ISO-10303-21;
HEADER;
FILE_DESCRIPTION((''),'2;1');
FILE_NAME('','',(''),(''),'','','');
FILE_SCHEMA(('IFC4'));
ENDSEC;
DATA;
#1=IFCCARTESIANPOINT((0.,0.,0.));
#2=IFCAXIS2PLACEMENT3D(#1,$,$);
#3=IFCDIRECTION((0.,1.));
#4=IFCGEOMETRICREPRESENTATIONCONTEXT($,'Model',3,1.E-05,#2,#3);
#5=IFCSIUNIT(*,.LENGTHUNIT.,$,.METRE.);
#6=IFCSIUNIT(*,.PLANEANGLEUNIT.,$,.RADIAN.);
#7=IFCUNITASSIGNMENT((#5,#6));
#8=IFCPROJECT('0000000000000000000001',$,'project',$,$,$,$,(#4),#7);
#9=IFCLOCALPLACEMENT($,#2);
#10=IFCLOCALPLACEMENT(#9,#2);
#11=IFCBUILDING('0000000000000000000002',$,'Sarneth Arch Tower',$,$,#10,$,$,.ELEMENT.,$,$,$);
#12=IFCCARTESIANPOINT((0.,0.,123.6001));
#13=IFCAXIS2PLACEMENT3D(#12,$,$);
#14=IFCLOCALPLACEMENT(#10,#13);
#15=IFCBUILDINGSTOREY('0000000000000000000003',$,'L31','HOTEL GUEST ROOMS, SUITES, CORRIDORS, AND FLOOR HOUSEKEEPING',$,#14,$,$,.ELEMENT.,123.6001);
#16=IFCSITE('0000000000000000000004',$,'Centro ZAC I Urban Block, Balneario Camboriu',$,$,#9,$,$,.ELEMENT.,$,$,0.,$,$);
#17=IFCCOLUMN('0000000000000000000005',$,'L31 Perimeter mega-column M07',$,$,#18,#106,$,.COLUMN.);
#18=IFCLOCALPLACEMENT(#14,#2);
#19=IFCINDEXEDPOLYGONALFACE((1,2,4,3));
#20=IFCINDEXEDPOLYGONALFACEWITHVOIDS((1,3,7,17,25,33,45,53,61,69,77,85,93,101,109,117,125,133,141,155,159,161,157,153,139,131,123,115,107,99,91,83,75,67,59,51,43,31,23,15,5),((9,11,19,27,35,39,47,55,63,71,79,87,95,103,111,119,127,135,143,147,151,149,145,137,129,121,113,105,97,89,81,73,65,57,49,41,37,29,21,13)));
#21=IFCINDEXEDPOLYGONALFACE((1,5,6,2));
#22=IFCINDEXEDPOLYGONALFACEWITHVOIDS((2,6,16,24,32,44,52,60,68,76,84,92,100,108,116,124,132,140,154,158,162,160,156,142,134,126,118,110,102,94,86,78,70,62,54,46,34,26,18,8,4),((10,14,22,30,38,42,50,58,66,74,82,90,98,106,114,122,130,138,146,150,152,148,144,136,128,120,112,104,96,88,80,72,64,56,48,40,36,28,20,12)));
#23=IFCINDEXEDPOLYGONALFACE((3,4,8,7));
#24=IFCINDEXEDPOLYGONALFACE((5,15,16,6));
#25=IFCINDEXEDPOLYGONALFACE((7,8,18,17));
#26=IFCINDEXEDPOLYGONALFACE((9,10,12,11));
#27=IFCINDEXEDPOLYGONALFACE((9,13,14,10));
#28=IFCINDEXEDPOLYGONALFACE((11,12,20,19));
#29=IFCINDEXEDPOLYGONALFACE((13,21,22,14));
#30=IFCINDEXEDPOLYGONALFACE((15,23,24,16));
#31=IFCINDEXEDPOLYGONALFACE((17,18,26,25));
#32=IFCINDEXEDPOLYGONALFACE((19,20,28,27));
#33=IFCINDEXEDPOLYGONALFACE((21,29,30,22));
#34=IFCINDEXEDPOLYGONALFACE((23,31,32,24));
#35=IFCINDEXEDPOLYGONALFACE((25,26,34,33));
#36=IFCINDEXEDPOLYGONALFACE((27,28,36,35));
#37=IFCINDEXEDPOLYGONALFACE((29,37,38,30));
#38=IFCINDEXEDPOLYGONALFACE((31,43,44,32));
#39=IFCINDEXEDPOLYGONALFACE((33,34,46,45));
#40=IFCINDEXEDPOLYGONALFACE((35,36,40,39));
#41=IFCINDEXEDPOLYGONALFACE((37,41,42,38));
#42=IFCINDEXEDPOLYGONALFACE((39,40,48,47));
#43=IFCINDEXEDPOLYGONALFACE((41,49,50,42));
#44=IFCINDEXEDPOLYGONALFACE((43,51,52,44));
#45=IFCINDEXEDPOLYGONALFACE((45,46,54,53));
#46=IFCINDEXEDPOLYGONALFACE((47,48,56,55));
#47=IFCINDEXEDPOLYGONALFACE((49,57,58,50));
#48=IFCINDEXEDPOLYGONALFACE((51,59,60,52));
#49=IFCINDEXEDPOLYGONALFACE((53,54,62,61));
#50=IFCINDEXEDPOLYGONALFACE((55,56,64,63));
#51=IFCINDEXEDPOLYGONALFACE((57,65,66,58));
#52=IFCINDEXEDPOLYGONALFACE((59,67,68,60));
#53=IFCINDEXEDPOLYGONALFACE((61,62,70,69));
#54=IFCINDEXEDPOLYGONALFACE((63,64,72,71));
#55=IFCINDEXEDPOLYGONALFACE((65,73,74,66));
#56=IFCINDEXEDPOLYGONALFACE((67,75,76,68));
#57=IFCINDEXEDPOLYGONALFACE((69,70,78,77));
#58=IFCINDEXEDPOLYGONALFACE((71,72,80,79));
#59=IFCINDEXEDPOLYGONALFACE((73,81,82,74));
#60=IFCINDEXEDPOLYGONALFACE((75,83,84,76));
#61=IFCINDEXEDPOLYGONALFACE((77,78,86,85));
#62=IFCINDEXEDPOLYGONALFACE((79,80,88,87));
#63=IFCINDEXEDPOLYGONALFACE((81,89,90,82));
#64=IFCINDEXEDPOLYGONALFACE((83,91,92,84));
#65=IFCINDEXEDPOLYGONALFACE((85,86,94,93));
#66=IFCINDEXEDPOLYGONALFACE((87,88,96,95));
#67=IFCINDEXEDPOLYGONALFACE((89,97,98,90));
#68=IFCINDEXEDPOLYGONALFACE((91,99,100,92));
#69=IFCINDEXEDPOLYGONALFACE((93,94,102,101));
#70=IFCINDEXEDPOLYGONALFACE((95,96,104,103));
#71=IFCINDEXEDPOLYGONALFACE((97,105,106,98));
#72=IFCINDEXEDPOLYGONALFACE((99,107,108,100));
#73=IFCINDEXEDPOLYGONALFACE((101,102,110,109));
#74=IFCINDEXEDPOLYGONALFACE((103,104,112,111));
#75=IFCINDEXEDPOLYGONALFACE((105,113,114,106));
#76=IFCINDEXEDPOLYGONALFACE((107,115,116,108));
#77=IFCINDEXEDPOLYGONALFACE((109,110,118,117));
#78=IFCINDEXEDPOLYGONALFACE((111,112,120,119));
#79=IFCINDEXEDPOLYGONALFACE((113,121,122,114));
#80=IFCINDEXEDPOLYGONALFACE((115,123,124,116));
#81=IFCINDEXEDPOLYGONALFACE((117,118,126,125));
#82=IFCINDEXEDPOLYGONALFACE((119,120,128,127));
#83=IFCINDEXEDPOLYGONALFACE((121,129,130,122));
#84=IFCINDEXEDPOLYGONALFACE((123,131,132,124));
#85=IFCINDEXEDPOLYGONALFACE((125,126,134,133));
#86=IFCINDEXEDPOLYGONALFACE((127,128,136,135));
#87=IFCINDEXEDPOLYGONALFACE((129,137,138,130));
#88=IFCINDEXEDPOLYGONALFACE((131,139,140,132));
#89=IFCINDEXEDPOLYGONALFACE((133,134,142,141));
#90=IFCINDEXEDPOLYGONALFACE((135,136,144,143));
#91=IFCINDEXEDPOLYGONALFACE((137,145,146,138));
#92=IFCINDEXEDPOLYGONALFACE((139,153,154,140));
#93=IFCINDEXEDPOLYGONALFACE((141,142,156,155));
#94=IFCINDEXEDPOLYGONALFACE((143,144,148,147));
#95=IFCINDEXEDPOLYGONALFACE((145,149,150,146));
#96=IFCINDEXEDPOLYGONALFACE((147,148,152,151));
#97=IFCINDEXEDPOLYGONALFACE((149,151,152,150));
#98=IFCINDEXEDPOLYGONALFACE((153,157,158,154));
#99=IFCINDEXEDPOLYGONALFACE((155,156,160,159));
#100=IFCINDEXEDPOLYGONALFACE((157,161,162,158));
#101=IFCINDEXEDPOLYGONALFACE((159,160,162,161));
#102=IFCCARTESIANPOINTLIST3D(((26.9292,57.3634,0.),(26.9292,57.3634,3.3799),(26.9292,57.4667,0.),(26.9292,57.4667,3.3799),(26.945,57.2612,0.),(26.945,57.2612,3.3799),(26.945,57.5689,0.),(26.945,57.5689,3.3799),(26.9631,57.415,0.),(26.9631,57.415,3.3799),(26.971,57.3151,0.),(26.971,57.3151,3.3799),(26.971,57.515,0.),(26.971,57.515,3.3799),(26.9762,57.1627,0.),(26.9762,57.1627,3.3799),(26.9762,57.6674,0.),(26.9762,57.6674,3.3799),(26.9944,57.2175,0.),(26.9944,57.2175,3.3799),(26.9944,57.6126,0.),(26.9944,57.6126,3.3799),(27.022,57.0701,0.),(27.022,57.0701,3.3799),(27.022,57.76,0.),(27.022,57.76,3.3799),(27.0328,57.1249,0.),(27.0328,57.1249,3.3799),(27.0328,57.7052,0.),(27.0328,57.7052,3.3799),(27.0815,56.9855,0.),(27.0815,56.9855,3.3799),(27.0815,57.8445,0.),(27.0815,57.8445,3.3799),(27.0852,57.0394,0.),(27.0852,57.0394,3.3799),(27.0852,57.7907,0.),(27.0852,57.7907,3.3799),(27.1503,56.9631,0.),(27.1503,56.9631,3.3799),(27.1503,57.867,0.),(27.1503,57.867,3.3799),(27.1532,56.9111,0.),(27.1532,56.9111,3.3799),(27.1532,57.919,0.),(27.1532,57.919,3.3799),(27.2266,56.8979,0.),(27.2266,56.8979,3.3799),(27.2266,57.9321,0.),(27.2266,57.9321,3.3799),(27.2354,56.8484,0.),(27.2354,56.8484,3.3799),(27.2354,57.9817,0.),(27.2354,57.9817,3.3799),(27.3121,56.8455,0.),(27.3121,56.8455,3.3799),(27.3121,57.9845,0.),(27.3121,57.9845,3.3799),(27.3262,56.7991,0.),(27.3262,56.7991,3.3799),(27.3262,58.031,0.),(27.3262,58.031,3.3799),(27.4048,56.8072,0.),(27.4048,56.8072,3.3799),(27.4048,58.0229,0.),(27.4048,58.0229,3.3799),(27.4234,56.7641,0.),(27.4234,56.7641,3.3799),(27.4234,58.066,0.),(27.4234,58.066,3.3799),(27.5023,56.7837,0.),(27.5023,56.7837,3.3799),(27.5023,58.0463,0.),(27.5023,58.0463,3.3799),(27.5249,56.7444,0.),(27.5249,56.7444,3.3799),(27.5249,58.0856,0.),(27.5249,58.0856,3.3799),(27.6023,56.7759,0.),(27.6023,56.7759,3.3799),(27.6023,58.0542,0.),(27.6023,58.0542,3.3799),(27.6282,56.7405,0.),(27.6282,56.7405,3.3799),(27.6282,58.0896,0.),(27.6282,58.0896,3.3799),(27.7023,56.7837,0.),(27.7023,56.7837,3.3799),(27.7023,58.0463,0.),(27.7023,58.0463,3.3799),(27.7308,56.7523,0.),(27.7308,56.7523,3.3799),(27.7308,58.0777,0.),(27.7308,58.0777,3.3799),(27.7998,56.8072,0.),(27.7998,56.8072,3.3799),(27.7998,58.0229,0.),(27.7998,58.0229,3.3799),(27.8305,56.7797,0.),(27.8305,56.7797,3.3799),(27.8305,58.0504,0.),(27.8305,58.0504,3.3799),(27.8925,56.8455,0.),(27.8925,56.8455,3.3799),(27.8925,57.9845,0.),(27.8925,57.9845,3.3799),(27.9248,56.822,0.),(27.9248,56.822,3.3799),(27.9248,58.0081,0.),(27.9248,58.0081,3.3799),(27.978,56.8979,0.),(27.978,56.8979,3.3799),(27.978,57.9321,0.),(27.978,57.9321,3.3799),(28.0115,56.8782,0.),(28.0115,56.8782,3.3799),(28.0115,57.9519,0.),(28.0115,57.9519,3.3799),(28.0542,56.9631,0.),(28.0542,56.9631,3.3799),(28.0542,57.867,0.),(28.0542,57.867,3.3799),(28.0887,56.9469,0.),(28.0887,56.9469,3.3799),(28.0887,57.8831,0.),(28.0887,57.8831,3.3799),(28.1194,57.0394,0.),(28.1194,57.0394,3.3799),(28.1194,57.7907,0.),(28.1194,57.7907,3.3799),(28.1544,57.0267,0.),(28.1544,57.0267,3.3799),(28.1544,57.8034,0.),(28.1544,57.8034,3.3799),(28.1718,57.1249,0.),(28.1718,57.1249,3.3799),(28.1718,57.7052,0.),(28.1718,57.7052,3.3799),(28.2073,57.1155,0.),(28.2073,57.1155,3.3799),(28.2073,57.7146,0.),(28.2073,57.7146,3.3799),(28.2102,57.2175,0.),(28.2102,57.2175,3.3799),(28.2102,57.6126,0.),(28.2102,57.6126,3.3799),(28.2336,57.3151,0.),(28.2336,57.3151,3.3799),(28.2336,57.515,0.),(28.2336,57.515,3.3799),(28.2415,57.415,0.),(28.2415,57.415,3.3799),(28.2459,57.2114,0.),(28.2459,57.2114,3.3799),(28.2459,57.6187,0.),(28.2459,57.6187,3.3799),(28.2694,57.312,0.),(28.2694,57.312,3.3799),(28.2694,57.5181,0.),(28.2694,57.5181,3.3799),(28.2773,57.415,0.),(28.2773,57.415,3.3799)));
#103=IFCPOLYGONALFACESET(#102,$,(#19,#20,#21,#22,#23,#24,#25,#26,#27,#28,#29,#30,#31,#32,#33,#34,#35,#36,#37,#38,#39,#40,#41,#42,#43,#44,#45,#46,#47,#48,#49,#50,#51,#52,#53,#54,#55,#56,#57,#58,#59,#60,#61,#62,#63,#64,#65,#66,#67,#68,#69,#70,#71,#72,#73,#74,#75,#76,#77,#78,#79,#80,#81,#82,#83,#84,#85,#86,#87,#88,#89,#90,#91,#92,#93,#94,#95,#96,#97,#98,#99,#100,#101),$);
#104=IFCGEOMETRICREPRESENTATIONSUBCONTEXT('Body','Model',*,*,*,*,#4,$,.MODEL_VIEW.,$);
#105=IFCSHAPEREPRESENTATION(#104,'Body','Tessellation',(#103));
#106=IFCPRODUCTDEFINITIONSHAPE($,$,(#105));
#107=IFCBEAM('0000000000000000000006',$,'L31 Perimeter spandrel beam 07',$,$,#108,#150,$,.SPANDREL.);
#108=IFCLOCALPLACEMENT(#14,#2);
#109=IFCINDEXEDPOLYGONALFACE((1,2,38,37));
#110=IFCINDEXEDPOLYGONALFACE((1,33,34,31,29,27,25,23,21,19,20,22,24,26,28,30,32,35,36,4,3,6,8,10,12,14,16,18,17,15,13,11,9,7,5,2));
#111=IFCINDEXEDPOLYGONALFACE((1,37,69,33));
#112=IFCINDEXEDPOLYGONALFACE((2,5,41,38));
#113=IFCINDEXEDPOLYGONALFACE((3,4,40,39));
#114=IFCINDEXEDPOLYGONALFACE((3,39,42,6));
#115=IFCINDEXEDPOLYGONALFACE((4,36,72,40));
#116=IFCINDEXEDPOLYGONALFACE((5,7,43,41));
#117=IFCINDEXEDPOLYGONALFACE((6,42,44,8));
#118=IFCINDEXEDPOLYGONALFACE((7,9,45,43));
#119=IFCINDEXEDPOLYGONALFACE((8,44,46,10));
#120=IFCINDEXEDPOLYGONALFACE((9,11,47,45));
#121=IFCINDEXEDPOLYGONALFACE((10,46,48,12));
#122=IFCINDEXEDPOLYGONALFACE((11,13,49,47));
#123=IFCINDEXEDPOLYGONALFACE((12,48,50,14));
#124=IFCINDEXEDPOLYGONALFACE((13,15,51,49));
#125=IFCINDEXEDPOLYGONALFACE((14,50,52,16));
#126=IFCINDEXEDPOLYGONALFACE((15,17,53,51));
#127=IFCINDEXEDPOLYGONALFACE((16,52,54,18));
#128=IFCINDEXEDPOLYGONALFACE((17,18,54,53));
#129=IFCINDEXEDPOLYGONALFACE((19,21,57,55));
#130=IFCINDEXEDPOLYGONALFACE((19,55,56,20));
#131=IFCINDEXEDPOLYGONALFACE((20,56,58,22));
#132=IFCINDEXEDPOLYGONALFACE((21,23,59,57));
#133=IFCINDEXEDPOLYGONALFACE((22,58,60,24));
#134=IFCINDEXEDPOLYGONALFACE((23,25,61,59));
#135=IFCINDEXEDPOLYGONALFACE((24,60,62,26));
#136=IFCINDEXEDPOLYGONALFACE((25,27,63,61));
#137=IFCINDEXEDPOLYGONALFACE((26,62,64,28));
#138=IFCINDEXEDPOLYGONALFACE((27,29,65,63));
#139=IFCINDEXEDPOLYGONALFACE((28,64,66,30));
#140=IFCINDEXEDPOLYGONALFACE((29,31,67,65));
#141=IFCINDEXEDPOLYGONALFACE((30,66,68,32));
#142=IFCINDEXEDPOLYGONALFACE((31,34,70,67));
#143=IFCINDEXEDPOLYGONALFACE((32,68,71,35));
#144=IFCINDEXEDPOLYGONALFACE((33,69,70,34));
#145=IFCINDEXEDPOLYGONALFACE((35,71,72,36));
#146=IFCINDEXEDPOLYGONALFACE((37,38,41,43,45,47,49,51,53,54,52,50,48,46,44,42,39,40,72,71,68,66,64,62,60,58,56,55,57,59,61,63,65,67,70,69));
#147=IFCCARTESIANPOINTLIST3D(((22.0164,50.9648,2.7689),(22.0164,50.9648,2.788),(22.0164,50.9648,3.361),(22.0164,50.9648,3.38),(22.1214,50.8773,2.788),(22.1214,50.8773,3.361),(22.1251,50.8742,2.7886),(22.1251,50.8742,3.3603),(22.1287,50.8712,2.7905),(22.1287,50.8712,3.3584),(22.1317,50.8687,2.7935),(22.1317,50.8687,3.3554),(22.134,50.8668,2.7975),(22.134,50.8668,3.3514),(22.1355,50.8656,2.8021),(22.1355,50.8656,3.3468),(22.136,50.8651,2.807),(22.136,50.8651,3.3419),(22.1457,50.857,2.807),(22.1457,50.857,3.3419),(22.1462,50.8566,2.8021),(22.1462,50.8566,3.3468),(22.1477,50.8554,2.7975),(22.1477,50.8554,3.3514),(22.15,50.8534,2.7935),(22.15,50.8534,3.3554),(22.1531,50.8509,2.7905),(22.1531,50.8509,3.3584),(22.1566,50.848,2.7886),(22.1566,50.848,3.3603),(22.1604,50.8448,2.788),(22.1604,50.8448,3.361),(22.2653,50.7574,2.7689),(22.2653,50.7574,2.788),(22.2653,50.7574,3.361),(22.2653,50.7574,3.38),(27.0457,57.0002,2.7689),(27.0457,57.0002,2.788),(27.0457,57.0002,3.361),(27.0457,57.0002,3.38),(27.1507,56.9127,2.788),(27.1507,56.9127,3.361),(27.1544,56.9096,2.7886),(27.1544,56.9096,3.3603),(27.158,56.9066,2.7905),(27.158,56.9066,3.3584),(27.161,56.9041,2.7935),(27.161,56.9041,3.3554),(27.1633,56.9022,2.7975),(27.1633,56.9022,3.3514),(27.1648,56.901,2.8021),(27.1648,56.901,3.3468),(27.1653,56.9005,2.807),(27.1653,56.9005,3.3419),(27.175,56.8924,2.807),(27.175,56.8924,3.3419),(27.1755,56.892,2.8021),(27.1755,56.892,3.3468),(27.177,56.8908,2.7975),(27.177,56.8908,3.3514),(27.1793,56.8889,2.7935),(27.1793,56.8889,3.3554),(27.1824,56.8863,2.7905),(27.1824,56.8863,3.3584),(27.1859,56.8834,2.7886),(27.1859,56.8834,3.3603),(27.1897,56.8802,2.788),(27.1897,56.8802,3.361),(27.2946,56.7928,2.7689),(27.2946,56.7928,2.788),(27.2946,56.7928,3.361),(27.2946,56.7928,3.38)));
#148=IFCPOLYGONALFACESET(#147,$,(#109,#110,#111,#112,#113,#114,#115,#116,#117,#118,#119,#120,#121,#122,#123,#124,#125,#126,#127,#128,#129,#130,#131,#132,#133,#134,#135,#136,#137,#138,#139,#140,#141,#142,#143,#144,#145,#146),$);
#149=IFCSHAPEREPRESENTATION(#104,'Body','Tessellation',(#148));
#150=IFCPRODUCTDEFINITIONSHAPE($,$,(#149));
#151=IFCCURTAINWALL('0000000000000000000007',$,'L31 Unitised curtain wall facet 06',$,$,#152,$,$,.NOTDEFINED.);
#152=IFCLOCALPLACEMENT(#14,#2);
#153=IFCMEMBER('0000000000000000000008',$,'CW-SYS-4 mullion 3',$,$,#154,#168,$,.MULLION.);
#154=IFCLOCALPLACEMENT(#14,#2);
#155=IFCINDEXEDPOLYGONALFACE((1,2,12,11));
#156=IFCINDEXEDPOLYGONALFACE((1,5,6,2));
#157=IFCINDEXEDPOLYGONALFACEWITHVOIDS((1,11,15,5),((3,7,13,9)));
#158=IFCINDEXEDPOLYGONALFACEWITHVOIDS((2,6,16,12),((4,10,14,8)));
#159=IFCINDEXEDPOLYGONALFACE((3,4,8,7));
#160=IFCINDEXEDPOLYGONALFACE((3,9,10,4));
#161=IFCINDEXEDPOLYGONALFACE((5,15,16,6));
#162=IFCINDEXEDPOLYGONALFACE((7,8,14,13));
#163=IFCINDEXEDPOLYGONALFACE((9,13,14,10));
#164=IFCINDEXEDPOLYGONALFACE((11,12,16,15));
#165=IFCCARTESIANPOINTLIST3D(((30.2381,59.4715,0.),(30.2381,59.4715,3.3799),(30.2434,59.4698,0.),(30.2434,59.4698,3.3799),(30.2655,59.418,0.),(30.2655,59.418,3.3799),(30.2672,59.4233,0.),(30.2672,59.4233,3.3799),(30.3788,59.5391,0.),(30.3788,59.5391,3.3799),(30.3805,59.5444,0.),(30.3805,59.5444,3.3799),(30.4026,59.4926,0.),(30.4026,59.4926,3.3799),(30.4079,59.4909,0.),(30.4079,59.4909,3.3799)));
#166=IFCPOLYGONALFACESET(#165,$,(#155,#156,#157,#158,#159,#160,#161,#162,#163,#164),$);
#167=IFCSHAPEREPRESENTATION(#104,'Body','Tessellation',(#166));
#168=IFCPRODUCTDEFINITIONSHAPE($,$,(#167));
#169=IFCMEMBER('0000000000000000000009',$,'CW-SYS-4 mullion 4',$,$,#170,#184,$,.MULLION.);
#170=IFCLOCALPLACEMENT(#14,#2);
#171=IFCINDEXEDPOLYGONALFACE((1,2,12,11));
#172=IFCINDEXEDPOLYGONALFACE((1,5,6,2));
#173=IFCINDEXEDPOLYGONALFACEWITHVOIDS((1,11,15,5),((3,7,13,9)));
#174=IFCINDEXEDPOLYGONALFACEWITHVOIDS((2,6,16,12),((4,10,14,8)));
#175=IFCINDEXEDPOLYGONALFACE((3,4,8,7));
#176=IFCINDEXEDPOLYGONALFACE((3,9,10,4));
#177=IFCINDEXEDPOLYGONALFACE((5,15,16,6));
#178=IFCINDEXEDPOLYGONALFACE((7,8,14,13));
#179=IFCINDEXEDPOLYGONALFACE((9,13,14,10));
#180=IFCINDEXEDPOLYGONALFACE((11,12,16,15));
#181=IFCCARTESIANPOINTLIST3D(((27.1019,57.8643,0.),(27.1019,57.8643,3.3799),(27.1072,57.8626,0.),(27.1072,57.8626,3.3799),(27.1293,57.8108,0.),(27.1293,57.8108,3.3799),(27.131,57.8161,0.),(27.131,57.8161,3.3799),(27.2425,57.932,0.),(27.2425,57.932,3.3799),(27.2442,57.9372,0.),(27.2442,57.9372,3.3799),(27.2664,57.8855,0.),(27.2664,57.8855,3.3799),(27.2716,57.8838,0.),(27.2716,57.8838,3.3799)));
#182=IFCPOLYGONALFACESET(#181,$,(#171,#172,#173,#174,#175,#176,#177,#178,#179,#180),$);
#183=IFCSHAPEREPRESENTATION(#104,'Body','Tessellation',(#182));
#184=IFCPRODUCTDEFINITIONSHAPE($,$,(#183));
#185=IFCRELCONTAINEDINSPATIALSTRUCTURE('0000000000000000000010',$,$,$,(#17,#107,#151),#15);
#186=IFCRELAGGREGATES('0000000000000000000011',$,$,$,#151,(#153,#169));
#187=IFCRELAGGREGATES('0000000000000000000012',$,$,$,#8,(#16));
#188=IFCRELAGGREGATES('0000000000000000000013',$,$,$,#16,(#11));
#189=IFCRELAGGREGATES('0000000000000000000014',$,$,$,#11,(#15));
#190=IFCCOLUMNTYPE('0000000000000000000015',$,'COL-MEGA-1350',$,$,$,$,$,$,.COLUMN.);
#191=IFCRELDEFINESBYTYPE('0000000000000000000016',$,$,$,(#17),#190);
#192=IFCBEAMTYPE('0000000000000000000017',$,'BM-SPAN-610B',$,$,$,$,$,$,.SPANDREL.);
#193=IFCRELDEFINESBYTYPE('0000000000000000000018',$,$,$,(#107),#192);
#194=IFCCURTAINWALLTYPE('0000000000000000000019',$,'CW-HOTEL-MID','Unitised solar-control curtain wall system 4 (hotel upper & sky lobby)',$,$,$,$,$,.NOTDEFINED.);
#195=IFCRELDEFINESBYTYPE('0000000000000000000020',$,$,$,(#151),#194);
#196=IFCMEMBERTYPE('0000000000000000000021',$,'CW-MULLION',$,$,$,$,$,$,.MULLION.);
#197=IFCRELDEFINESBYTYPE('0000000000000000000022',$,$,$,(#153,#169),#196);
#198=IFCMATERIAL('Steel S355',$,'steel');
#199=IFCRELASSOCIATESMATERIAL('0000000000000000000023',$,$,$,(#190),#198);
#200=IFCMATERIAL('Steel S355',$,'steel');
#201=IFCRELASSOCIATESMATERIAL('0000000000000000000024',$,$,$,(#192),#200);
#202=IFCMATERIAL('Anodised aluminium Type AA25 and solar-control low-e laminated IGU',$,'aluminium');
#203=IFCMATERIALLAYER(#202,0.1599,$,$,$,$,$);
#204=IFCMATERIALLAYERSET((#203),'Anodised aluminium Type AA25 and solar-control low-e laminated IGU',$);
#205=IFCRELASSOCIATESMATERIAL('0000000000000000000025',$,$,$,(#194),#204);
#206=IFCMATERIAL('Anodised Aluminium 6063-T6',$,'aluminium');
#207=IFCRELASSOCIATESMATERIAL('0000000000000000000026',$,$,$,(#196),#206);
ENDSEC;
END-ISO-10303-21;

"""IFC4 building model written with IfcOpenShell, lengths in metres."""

from ifc_helpers import new_model, si_unit, direction, frame, origin, origin_2d, place, context, subcontext, project, spatial, hollow_rectangle, hollow_circle, i_section, extrude, material, layer, layer_set, material_profile, profile_set, type_object, element, aggregate, save


model = new_model("IFC4")

# Units and contexts
model_context = context("Model", 3, precision=1e-05, world=origin(), true_north=direction((0.0, 1.0)))
body_context = subcontext(model_context, "Body", "Model", "MODEL_VIEW")
ifc_project = project(units=[si_unit("LENGTHUNIT", "METRE"), si_unit("PLANEANGLEUNIT", "RADIAN")], contexts=[model_context])

# Site, building, storey
site_placement = place(None, origin())
site = spatial("IfcSite", under=ifc_project, at=site_placement, Name="Centro ZAC I Urban Block, Balneario Camboriu", CompositionType="ELEMENT", RefElevation=0.0)
building_placement = place(site_placement, origin())
building = spatial("IfcBuilding", under=site, at=building_placement, Name="Sarneth Arch Tower", CompositionType="ELEMENT")
storey_placement = place(building_placement, frame((0.0, 0.0, 123.6001)))
storey = spatial("IfcBuildingStorey", under=building, at=storey_placement, Name="L31", Description="HOTEL GUEST ROOMS, SUITES, CORRIDORS, AND FLOOR HOUSEKEEPING", CompositionType="ELEMENT", Elevation=123.6001)

# Column
ifc_material_1 = material(Name="Steel S355", Category="steel")
ifc_material_profile_1 = material_profile(ifc_material_1, hollow_circle(Radius=0.675, WallThickness=0.0359, at=origin_2d()), Name="CHS1350x36")
ifc_profile_set_1 = profile_set([ifc_material_profile_1], Name="Steel S355")
column_type = type_object("IfcColumnType", Name="COL-MEGA-1350", PredefinedType="COLUMN", material=ifc_profile_set_1)
column_placement = place(storey_placement, frame((27.6023, 57.415, 0.0), z_axis=(0.0, 0.0, 1.0), x_axis=(1.0, 0.0, 0.0)))
element("IfcColumn", 1, at=column_placement, inside=storey, type_object=column_type, Name="L31 Perimeter mega-column M07", PredefinedType="COLUMN", context=body_context, shape_type="SweptSolid", body=[
    extrude(hollow_circle(Radius=0.675, WallThickness=0.0359, at=origin_2d()), origin(), (0.0, 0.0, 1.0), 3.3799),
])

# Beam
ifc_material_2 = material(Name="Steel S355", Category="steel")
ifc_material_profile_2 = material_profile(ifc_material_2, i_section(OverallWidth=0.324, OverallDepth=0.6111, WebThickness=0.0127, FlangeThickness=0.019, FilletRadius=0.019, at=origin_2d()), Name="W610x155")
ifc_profile_set_2 = profile_set([ifc_material_profile_2], Name="Steel S355")
beam_type = type_object("IfcBeamType", Name="BM-SPAN-610B", PredefinedType="SPANDREL", material=ifc_profile_set_2)
beam_placement = place(storey_placement, frame((27.1702, 56.8965, 3.0745), z_axis=(-0.640169, -0.768234, 0.0), x_axis=(0.768234, -0.640169, 0.0)))
element("IfcBeam", 2, at=beam_placement, inside=storey, type_object=beam_type, Name="L31 Perimeter spandrel beam 07", PredefinedType="SPANDREL", context=body_context, shape_type="SweptSolid", body=[
    extrude(i_section(OverallWidth=0.324, OverallDepth=0.6111, WebThickness=0.0127, FlangeThickness=0.019, FilletRadius=0.019, at=origin_2d()), origin(), (0.0, 0.0, 1.0), 7.8562),
])

# Curtain wall, members
ifc_material_3 = material(Name="Anodised aluminium Type AA25 and solar-control low-e laminated IGU", Category="aluminium")
ifc_layer_1 = layer(ifc_material_3, 0.1599)
ifc_layer_set_1 = layer_set([ifc_layer_1], Name="Anodised aluminium Type AA25 and solar-control low-e laminated IGU")
curtain_wall_type = type_object("IfcCurtainWallType", Name="CW-HOTEL-MID", Description="Unitised solar-control curtain wall system 4 (hotel upper & sky lobby)", PredefinedType="NOTDEFINED", material=ifc_layer_set_1)
curtain_wall_placement = place(storey_placement, origin())
curtain_wall = element("IfcCurtainWall", 3, at=curtain_wall_placement, inside=storey, type_object=curtain_wall_type, Name="L31 Unitised curtain wall facet 06", PredefinedType="NOTDEFINED")
ifc_material_4 = material(Name="Anodised Aluminium 6063-T6", Category="aluminium")
ifc_material_profile_3 = material_profile(ifc_material_4, hollow_rectangle(XDim=0.0601, YDim=0.1599, WallThickness=0.0039, at=origin_2d()), Name="AL-MULL-160x60x4")
ifc_profile_set_3 = profile_set([ifc_material_profile_3], Name="Anodised Aluminium 6063-T6")
member_type_1 = type_object("IfcMemberType", Name="CW-MULLION", PredefinedType="MULLION", material=ifc_profile_set_3)
member_1_placement = place(storey_placement, frame((30.323, 59.4812, 0.0), z_axis=(0.0, 0.0, 1.0), x_axis=(0.456031, -0.889964, 0.0)))
member_1 = element("IfcMember", 4, at=member_1_placement, type_object=member_type_1, Name="CW-SYS-4 mullion 3", PredefinedType="MULLION", context=body_context, shape_type="SweptSolid", body=[
    extrude(hollow_rectangle(XDim=0.0601, YDim=0.1599, WallThickness=0.0039, at=origin_2d()), origin(), (0.0, 0.0, 1.0), 3.3799),
])
member_2_placement = place(storey_placement, frame((27.1868, 57.874, 0.0), z_axis=(0.0, 0.0, 1.0), x_axis=(0.456031, -0.889964, 0.0)))
member_2 = element("IfcMember", 5, at=member_2_placement, type_object=member_type_1, Name="CW-SYS-4 mullion 4", PredefinedType="MULLION", context=body_context, shape_type="SweptSolid", body=[
    extrude(hollow_rectangle(XDim=0.0601, YDim=0.1599, WallThickness=0.0039, at=origin_2d()), origin(), (0.0, 0.0, 1.0), 3.3799),
])

aggregate(curtain_wall, [member_1, member_2])

save(model, "model.ifc")
